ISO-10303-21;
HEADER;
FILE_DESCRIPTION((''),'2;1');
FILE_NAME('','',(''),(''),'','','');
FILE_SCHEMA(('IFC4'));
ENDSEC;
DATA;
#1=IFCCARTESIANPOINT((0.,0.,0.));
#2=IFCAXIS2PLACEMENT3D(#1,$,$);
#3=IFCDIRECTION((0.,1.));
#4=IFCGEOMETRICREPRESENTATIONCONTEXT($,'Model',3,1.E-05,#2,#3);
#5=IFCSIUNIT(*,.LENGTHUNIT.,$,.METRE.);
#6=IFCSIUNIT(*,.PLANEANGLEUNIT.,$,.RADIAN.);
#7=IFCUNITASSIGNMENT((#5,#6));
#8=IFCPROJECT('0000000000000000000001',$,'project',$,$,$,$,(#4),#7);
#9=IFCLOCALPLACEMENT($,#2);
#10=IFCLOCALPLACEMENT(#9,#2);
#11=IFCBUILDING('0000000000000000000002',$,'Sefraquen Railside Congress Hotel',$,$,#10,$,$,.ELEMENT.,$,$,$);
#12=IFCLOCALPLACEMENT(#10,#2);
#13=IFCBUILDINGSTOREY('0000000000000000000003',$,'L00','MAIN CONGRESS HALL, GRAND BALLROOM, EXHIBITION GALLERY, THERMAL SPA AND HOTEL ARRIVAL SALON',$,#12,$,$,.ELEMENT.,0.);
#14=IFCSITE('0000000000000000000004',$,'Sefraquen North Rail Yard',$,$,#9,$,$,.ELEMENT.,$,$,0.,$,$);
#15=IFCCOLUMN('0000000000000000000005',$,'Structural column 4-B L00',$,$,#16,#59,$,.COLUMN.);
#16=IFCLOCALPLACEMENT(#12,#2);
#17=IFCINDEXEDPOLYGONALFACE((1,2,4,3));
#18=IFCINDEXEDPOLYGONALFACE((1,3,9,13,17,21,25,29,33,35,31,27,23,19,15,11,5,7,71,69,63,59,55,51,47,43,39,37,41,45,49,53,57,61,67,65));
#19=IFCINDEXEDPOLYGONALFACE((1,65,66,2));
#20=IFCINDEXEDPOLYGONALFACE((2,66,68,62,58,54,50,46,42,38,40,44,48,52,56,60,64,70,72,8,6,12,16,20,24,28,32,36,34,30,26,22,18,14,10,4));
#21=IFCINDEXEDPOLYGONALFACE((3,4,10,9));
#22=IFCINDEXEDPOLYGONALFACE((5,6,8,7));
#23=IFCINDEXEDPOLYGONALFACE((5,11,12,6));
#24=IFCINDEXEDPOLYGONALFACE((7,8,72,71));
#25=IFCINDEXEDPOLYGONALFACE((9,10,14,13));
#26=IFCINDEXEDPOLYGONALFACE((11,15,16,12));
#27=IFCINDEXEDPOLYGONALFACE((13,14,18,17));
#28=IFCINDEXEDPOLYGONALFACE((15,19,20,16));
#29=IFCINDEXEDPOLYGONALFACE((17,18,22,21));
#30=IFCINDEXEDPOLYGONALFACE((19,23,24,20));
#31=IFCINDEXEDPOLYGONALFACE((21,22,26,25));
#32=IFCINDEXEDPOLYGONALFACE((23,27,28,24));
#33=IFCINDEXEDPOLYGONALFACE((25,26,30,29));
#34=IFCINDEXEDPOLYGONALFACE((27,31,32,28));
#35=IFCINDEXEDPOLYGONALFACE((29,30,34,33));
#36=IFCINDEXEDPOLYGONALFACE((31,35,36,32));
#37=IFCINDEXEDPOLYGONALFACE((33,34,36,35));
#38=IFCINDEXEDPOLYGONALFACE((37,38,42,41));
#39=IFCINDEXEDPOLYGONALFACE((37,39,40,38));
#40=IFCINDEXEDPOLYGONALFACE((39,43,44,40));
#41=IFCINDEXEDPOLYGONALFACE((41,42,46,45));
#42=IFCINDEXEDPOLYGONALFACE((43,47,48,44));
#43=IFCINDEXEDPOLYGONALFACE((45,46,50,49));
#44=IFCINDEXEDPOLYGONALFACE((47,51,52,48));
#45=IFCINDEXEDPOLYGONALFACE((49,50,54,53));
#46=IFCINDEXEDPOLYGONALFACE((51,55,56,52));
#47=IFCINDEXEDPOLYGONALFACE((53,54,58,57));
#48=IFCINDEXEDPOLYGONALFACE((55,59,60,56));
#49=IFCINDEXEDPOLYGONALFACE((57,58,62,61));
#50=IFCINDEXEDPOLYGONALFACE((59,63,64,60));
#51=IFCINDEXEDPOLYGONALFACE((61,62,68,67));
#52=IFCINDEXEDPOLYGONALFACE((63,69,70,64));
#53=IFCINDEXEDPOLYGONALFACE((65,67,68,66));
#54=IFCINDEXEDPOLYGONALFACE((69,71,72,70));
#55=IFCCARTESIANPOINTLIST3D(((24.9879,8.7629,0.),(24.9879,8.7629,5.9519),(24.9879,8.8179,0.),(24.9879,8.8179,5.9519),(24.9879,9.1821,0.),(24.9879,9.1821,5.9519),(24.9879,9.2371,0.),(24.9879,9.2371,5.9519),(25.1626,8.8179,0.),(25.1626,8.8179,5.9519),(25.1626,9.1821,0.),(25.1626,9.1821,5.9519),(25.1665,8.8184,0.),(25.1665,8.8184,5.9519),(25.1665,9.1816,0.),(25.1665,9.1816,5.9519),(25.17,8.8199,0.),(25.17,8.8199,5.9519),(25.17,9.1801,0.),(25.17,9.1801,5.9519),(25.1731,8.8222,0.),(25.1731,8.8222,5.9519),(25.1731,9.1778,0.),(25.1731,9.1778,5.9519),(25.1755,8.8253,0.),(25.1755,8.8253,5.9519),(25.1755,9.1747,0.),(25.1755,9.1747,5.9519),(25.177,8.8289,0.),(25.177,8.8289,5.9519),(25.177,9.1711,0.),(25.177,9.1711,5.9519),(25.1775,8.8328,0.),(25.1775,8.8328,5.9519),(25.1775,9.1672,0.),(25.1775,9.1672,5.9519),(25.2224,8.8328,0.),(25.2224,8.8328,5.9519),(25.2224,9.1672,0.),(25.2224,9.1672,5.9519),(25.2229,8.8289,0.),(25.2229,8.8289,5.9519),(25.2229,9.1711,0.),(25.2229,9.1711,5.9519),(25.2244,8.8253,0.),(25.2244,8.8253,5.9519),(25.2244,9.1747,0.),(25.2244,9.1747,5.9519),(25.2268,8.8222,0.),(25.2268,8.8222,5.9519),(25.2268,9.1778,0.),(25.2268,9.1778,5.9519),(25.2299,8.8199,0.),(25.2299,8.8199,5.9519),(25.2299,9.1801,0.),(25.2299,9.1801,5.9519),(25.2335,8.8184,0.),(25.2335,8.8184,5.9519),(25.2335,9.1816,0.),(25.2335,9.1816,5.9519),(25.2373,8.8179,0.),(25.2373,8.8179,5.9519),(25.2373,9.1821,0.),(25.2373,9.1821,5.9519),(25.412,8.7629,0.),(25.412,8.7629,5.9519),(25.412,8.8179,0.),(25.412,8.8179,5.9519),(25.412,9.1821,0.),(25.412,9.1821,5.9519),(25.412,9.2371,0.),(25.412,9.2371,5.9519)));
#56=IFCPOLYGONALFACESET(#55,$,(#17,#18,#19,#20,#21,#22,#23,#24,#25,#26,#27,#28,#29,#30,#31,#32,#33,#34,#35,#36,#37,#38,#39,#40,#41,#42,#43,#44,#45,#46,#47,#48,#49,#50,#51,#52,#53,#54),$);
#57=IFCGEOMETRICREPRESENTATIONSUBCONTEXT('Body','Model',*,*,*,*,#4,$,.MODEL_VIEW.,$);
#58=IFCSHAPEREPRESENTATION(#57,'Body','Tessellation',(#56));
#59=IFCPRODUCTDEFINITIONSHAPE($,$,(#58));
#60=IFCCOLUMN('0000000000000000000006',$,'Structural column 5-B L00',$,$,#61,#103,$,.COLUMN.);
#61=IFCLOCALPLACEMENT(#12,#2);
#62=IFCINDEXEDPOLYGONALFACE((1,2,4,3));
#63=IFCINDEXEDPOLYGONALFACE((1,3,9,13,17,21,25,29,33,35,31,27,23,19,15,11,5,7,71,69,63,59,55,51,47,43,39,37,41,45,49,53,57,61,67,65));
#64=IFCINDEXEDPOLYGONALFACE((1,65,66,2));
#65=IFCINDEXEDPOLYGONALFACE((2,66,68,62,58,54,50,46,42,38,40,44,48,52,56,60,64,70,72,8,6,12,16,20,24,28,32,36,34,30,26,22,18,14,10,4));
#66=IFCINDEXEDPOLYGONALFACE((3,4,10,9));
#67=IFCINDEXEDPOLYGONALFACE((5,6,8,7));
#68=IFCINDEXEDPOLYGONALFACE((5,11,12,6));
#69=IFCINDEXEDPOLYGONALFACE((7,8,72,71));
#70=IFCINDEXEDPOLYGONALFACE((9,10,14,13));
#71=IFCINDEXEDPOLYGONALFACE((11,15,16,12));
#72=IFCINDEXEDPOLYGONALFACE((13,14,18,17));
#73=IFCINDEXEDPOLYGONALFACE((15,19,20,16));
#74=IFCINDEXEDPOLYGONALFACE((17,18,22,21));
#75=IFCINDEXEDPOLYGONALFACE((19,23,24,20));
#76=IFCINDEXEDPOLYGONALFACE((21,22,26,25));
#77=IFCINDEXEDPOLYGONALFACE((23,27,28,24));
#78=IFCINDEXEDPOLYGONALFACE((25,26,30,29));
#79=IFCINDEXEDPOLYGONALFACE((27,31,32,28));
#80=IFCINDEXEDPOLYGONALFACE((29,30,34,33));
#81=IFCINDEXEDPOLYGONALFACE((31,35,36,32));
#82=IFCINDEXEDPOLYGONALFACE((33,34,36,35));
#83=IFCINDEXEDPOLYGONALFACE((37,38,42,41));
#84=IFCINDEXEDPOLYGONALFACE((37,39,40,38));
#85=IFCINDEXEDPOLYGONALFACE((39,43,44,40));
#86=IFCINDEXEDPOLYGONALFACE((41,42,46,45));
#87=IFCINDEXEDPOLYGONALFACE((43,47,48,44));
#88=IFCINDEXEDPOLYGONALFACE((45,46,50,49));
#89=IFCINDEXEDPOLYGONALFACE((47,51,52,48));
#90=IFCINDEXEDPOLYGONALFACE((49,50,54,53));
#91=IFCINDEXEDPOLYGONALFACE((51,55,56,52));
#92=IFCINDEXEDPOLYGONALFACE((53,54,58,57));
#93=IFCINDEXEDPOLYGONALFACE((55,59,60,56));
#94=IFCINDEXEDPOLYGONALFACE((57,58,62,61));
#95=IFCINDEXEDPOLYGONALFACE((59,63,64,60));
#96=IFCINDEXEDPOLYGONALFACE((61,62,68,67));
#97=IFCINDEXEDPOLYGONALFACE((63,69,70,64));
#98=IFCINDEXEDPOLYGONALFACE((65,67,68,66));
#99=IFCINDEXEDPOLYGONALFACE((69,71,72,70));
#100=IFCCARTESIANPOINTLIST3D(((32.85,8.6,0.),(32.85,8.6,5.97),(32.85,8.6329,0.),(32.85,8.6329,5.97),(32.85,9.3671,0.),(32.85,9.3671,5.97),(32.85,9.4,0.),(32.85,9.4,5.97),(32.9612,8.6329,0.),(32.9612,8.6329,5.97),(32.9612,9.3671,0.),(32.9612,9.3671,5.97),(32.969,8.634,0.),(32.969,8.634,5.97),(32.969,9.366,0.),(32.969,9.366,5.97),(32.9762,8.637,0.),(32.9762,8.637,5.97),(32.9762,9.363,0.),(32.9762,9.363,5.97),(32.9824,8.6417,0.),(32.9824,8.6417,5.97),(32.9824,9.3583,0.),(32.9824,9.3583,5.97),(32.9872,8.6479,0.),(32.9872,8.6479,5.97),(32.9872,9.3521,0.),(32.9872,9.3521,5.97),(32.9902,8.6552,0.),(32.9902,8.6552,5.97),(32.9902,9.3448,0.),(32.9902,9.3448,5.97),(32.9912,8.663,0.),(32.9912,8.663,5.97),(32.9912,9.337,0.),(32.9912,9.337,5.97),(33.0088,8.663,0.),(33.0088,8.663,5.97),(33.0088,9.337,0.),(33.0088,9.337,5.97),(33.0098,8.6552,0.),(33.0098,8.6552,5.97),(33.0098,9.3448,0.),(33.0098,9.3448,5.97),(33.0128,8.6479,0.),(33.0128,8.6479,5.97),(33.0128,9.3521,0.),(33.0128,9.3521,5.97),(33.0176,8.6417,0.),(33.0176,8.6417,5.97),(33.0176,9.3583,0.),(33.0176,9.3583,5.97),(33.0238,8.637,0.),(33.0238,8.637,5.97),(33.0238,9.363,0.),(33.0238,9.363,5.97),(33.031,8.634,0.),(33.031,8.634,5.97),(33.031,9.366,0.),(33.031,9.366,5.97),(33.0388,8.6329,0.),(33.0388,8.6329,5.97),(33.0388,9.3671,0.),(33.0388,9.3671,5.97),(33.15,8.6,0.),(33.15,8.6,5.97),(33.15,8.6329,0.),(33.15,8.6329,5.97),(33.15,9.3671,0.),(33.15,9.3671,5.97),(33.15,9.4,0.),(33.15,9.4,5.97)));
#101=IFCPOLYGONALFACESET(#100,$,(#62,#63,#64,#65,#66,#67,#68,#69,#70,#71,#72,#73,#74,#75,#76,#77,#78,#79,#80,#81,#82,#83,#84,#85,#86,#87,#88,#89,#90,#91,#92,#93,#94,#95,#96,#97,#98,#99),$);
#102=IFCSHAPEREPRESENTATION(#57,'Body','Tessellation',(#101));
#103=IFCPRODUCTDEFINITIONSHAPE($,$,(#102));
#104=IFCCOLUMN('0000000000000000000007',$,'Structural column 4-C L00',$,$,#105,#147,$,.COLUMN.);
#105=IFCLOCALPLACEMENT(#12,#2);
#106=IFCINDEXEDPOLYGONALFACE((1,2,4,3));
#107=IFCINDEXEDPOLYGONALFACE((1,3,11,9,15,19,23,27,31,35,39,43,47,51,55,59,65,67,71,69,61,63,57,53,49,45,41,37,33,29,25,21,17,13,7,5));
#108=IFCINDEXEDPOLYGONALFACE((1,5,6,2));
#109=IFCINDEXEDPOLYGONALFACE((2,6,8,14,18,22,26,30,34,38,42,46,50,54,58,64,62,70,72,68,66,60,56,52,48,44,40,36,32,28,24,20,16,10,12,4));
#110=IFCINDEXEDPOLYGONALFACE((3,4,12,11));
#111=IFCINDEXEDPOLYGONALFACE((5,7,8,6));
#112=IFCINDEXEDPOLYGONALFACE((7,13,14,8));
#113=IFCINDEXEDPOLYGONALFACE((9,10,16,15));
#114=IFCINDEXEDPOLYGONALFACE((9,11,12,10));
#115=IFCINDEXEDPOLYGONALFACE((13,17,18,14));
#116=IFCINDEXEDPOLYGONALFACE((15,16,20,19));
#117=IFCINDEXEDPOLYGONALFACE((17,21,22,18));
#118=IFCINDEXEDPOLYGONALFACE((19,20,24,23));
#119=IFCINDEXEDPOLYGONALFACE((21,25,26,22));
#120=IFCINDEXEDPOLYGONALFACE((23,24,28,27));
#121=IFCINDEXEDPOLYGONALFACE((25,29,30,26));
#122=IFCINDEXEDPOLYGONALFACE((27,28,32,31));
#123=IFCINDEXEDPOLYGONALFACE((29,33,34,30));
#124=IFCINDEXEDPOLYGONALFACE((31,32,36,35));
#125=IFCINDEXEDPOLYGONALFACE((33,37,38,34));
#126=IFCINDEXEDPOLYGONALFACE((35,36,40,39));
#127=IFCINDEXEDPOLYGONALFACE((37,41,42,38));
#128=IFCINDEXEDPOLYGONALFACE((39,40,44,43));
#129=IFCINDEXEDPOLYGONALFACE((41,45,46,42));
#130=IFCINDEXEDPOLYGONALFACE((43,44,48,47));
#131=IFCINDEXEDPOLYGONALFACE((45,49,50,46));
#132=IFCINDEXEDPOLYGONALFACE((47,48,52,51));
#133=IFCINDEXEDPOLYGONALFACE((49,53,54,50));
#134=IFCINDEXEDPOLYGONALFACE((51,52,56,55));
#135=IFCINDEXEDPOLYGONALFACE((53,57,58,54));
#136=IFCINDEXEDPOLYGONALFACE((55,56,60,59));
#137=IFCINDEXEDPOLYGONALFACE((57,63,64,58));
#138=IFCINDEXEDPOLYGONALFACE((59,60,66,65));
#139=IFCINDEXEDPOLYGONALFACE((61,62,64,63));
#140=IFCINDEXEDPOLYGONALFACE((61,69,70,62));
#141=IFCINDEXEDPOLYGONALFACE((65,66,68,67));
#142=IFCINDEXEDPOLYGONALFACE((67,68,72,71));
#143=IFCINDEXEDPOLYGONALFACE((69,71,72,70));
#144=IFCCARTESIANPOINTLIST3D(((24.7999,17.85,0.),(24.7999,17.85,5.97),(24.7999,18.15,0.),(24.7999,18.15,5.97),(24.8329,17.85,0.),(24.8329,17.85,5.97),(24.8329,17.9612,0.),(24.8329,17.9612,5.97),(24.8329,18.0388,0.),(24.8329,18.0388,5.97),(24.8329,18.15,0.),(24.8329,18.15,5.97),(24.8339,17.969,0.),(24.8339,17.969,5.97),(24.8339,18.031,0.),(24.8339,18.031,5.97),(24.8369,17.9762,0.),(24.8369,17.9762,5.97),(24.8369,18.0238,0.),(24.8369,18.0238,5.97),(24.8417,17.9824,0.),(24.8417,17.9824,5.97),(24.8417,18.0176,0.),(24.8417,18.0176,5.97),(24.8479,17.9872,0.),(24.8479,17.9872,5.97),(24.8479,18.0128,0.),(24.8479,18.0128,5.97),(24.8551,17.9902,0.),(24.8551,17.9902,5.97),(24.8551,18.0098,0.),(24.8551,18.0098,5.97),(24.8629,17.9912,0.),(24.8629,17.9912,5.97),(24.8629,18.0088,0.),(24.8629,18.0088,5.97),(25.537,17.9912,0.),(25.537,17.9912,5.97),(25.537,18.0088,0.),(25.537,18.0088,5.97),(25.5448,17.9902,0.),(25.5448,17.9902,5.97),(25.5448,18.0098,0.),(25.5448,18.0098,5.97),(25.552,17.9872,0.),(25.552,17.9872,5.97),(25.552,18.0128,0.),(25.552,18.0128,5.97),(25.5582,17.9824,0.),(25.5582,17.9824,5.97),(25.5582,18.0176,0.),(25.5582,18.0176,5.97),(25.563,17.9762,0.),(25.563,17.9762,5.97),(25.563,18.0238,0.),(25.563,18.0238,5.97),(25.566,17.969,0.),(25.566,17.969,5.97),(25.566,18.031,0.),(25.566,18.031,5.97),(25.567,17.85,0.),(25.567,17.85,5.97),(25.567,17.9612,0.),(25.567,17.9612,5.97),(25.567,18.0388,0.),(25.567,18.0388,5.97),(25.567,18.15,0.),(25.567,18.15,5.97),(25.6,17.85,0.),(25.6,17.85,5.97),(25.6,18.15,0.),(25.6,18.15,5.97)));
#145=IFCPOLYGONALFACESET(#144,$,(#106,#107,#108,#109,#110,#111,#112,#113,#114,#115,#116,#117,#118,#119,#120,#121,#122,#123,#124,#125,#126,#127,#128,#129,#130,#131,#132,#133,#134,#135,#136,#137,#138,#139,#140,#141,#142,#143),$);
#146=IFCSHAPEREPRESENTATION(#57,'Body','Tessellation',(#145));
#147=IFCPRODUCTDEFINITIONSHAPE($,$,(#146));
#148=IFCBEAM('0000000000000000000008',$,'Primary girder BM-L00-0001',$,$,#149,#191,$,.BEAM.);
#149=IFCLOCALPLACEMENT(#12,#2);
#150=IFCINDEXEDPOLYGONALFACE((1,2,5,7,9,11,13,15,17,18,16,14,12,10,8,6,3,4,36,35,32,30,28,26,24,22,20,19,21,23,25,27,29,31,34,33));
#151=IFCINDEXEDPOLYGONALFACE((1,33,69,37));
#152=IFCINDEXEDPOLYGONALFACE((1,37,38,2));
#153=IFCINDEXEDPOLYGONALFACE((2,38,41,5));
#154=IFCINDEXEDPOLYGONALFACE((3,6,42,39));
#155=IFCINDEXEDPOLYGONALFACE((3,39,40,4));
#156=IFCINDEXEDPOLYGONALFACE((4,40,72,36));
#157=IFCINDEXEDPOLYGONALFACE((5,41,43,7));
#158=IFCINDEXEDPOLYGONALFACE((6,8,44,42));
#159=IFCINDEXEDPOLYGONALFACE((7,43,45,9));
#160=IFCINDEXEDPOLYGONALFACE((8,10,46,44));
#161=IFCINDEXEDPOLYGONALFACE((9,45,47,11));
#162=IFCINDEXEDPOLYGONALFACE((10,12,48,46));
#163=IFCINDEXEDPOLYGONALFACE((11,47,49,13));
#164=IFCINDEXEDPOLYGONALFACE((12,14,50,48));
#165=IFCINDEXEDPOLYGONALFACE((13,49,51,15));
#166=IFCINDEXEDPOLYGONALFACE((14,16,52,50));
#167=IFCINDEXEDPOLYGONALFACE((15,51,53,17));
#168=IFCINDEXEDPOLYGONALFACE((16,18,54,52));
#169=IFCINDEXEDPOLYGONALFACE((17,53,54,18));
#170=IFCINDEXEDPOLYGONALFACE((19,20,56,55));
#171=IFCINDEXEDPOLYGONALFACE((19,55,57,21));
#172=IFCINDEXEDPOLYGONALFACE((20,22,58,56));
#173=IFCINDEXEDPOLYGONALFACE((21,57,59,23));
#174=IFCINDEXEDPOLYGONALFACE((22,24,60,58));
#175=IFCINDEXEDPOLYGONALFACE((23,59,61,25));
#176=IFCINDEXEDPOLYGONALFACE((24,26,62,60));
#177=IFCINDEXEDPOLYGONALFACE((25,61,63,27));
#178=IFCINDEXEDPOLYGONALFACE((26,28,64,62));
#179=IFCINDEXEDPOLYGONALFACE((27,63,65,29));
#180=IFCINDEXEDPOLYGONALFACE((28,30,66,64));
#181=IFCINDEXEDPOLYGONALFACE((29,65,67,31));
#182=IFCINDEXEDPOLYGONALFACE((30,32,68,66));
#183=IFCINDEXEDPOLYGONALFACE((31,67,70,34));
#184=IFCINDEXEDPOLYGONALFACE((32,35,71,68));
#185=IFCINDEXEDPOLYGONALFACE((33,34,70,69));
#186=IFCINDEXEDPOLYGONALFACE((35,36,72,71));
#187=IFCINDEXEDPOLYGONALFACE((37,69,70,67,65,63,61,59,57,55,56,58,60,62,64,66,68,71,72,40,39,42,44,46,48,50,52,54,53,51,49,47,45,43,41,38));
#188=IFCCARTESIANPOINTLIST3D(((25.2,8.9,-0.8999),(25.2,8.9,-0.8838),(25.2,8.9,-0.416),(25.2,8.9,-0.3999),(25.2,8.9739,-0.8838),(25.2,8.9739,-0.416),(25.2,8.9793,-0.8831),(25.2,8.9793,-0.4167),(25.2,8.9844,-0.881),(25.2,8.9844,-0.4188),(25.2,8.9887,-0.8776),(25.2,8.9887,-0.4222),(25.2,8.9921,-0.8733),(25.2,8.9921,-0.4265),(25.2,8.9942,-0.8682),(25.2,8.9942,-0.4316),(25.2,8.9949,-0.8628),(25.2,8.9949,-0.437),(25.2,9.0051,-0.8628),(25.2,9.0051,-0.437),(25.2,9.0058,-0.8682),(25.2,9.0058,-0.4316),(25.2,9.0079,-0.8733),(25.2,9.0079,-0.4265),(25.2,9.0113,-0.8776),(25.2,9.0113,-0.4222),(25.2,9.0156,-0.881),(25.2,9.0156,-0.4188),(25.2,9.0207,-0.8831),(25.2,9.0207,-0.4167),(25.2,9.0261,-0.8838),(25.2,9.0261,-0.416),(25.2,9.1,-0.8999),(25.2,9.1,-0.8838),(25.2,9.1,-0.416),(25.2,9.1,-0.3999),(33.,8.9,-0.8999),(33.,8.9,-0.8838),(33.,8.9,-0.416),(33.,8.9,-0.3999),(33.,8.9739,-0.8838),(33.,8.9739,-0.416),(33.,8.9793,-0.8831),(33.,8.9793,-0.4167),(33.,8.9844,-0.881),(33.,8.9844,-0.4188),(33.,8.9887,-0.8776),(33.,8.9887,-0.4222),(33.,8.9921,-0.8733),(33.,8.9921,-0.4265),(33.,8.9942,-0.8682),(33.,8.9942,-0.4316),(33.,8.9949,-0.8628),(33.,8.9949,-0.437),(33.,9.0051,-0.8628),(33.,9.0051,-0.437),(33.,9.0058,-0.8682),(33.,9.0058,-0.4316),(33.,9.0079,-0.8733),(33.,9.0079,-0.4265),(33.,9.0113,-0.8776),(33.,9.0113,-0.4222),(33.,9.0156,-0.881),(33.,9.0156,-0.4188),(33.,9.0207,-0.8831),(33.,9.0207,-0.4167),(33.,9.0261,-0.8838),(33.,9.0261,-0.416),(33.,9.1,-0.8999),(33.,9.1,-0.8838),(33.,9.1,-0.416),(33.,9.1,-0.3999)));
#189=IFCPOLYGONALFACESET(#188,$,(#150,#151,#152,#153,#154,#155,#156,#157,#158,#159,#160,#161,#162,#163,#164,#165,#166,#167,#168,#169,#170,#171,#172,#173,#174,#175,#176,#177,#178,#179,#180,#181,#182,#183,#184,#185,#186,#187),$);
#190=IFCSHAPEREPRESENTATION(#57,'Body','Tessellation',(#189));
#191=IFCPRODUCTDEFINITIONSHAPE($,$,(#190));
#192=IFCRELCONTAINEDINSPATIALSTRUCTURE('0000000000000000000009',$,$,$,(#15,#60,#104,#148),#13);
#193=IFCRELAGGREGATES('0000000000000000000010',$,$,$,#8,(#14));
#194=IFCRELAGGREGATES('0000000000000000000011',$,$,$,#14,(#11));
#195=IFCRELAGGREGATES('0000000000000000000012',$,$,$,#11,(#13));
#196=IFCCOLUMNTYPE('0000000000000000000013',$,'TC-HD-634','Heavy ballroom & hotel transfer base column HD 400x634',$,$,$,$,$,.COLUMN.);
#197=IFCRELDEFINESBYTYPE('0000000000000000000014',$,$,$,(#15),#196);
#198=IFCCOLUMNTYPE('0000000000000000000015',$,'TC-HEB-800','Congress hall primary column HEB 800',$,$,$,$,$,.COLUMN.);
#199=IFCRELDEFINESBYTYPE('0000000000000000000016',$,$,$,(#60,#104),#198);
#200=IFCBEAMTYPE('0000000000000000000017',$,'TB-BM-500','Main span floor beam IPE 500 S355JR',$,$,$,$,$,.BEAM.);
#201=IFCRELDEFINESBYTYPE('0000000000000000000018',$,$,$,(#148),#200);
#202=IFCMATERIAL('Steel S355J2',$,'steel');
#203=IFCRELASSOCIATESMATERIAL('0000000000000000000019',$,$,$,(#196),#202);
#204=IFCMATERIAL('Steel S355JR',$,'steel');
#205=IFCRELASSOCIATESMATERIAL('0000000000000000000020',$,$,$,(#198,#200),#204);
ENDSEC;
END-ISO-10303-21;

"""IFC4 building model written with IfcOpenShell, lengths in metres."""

from ifc_helpers import new_model, si_unit, direction, frame, origin, origin_2d, place, context, subcontext, project, spatial, i_section, extrude, material, material_profile, profile_set, type_object, element, save


model = new_model("IFC4")

# Units and contexts
model_context = context("Model", 3, precision=1e-05, world=origin(), true_north=direction((0.0, 1.0)))
body_context = subcontext(model_context, "Body", "Model", "MODEL_VIEW")
ifc_project = project(units=[si_unit("LENGTHUNIT", "METRE"), si_unit("PLANEANGLEUNIT", "RADIAN")], contexts=[model_context])

# Site, building, storey
site_placement = place(None, origin())
site = spatial("IfcSite", under=ifc_project, at=site_placement, Name="Sefraquen North Rail Yard", CompositionType="ELEMENT", RefElevation=0.0)
building_placement = place(site_placement, origin())
building = spatial("IfcBuilding", under=site, at=building_placement, Name="Sefraquen Railside Congress Hotel", CompositionType="ELEMENT")
storey_placement = place(building_placement, origin())
storey = spatial("IfcBuildingStorey", under=building, at=storey_placement, Name="L00", Description="MAIN CONGRESS HALL, GRAND BALLROOM, EXHIBITION GALLERY, THERMAL SPA AND HOTEL ARRIVAL SALON", CompositionType="ELEMENT", Elevation=0.0)

# Columns
ifc_material_1 = material(Name="Steel S355J2", Category="steel")
ifc_material_profile_1 = material_profile(ifc_material_1, i_section(OverallWidth=0.4241, OverallDepth=0.4741, WebThickness=0.0449, FlangeThickness=0.0549, FilletRadius=0.0149, at=origin_2d()), Name="HD 400x634")
ifc_profile_set_1 = profile_set([ifc_material_profile_1], Name="Steel S355J2")
column_type_1 = type_object("IfcColumnType", Name="TC-HD-634", Description="Heavy ballroom & hotel transfer base column HD 400x634", PredefinedType="COLUMN", material=ifc_profile_set_1)
column_placement = place(storey_placement, frame((25.2, 9.0, 0.0), z_axis=(0.0, 0.0, 1.0), x_axis=(1.0, 0.0, 0.0)))
element("IfcColumn", 1, at=column_placement, inside=storey, type_object=column_type_1, Name="Structural column 4-B L00", PredefinedType="COLUMN", context=body_context, shape_type="SweptSolid", body=[
    extrude(i_section(OverallWidth=0.4241, OverallDepth=0.4741, WebThickness=0.0449, FlangeThickness=0.0549, FilletRadius=0.0149, at=origin_2d()), origin(), (0.0, 0.0, 1.0), 5.9519),
])
ifc_material_2 = material(Name="Steel S355JR", Category="steel")
ifc_material_profile_2 = material_profile(ifc_material_2, i_section(OverallWidth=0.3, OverallDepth=0.8, WebThickness=0.0176, FlangeThickness=0.033, FilletRadius=0.03, at=origin_2d()), Name="HEB 800")
ifc_profile_set_2 = profile_set([ifc_material_profile_2], Name="Steel S355JR")
column_type_2 = type_object("IfcColumnType", Name="TC-HEB-800", Description="Congress hall primary column HEB 800", PredefinedType="COLUMN", material=ifc_profile_set_2)
for number, where, z_axis, x_axis, name in (
    (2, (33.0, 9.0, 0.0), (0.0, 0.0, 1.0), (1.0, 0.0, 0.0), "Structural column 5-B L00"),
    (3, (25.2, 18.0, 0.0), (0.0, 0.0, 1.0), (0.0, 1.0, 0.0), "Structural column 4-C L00"),
):
    element("IfcColumn", number, at=place(storey_placement, frame(where, z_axis=z_axis, x_axis=x_axis)), inside=storey, type_object=column_type_2, Name=name, PredefinedType="COLUMN", context=body_context, shape_type="SweptSolid", body=[
        extrude(i_section(OverallWidth=0.3, OverallDepth=0.8, WebThickness=0.0176, FlangeThickness=0.033, FilletRadius=0.03, at=origin_2d()), origin(), (0.0, 0.0, 1.0), 5.97),
    ])

# Beam
ifc_material_profile_3 = material_profile(ifc_material_2, i_section(OverallWidth=0.2, OverallDepth=0.5, WebThickness=0.0103, FlangeThickness=0.0161, FilletRadius=0.021, at=origin_2d()), Name="IPE 500")
ifc_profile_set_3 = profile_set([ifc_material_profile_3], Name="Steel S355JR")
beam_type_1 = type_object("IfcBeamType", Name="TB-BM-500", Description="Main span floor beam IPE 500 S355JR", PredefinedType="BEAM", material=ifc_profile_set_3)
for number, where, z_axis, x_axis, name in (
    (4, (25.2, 9.0, -0.6499), (1.0, 0.0, 0.0), (0.0, 1.0, 0.0), "Primary girder BM-L00-0001"),
):
    element("IfcBeam", number, at=place(storey_placement, frame(where, z_axis=z_axis, x_axis=x_axis)), inside=storey, type_object=beam_type_1, Name=name, PredefinedType="BEAM", context=body_context, shape_type="SweptSolid", body=[
        extrude(i_section(OverallWidth=0.2, OverallDepth=0.5, WebThickness=0.0103, FlangeThickness=0.0161, FilletRadius=0.021, at=origin_2d()), origin(), (0.0, 0.0, 1.0), 7.8),
    ])

save(model, "model.ifc")
